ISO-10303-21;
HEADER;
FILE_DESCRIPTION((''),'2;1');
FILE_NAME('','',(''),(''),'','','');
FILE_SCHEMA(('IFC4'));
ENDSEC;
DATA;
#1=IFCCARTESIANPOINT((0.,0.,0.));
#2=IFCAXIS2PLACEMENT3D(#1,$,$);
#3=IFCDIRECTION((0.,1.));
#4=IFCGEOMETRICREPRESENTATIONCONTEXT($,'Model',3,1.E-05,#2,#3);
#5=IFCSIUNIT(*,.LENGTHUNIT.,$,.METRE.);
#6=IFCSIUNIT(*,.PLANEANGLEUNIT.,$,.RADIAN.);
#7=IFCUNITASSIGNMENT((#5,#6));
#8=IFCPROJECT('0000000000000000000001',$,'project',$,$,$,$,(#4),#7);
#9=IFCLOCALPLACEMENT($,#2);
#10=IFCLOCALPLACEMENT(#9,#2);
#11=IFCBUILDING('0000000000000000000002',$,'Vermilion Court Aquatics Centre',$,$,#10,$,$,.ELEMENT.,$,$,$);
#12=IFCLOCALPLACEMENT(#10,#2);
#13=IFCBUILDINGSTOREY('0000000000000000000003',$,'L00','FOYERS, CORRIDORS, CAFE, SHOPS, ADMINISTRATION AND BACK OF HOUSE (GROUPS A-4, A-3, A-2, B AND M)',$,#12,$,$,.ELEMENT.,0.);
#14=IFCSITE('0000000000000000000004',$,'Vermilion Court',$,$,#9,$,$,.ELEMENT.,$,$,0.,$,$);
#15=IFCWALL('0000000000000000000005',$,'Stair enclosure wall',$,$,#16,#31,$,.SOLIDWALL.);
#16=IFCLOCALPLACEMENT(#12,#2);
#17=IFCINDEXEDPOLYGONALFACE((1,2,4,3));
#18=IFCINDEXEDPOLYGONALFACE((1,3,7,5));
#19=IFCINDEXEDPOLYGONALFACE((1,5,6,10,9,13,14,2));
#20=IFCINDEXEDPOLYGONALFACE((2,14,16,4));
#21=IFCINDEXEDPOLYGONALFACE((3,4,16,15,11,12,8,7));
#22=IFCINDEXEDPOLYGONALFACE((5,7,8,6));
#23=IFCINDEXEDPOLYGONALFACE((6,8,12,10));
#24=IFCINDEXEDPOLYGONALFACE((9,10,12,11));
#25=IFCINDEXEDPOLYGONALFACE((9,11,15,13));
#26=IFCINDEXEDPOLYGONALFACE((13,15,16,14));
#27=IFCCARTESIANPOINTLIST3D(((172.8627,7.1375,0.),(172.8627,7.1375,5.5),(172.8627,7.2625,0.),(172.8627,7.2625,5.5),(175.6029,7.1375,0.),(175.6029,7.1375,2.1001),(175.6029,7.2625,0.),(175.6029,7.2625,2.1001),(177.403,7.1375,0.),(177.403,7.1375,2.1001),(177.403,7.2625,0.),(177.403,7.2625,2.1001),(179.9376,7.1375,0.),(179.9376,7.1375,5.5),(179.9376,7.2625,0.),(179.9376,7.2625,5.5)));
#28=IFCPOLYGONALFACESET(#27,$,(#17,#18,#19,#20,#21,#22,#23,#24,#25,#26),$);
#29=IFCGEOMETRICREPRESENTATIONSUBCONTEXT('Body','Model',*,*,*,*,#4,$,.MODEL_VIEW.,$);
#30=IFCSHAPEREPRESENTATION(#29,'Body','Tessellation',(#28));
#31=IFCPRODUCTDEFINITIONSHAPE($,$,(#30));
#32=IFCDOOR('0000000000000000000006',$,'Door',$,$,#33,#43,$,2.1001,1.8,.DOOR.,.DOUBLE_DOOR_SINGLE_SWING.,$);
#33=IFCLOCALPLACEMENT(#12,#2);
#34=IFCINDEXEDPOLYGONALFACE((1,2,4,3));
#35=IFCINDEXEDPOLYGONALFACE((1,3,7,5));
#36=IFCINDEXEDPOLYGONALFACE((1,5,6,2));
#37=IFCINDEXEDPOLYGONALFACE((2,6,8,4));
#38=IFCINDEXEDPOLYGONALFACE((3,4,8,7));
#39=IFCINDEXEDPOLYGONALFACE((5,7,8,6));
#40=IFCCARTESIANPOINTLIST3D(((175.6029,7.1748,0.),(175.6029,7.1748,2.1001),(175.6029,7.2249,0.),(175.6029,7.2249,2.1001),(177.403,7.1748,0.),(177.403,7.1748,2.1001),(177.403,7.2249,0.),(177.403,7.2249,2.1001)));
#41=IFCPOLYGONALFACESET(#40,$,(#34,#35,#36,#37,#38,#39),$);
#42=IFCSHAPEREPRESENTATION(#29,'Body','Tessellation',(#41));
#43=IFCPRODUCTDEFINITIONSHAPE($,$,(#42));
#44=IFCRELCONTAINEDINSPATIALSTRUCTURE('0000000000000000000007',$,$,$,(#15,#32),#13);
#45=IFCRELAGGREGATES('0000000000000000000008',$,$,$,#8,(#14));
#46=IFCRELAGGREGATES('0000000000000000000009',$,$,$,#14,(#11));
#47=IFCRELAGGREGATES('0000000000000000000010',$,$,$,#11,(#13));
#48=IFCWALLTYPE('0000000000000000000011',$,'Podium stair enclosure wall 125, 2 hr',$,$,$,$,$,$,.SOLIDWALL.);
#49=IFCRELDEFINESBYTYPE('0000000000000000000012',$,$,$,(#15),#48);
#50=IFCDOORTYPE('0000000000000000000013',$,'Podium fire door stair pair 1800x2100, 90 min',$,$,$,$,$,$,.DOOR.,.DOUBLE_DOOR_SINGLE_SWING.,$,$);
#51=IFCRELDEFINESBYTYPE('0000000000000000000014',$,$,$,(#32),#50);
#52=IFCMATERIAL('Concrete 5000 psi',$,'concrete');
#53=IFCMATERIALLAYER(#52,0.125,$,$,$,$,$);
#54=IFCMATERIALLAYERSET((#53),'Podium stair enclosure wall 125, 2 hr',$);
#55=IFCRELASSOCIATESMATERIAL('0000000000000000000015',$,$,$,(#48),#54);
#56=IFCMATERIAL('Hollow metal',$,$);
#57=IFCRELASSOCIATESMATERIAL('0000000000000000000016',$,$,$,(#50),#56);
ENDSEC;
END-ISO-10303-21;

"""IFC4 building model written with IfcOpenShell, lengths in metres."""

from ifc_helpers import new_model, si_unit, direction, frame, frame_2d, origin, place, context, subcontext, project, spatial, rectangle, extrude, material, layer, layer_set, type_object, element, fill, save


model = new_model("IFC4")

# Units and contexts
model_context = context("Model", 3, precision=1e-05, world=origin(), true_north=direction((0.0, 1.0)))
body_context = subcontext(model_context, "Body", "Model", "MODEL_VIEW")
ifc_project = project(units=[si_unit("LENGTHUNIT", "METRE"), si_unit("PLANEANGLEUNIT", "RADIAN")], contexts=[model_context])

# Site, building, storey
site_placement = place(None, origin())
site = spatial("IfcSite", under=ifc_project, at=site_placement, Name="Vermilion Court", CompositionType="ELEMENT", RefElevation=0.0)
building_placement = place(site_placement, origin())
building = spatial("IfcBuilding", under=site, at=building_placement, Name="Vermilion Court Aquatics Centre", CompositionType="ELEMENT")
storey_placement = place(building_placement, origin())
storey = spatial("IfcBuildingStorey", under=building, at=storey_placement, Name="L00", Description="FOYERS, CORRIDORS, CAFE, SHOPS, ADMINISTRATION AND BACK OF HOUSE (GROUPS A-4, A-3, A-2, B AND M)", CompositionType="ELEMENT", Elevation=0.0)

# Wall, opening, door
ifc_material_1 = material(Name="Concrete 5000 psi", Category="concrete")
ifc_layer_1 = layer(ifc_material_1, 0.125)
ifc_layer_set_1 = layer_set([ifc_layer_1], Name="Podium stair enclosure wall 125, 2 hr")
wall_type_1 = type_object("IfcWallType", Name="Podium stair enclosure wall 125, 2 hr", PredefinedType="SOLIDWALL", material=ifc_layer_set_1)
wall_1_placement = place(storey_placement, frame((172.8625, 7.2, 0.0), z_axis=(0.0, 0.0, 1.0), x_axis=(1.0, 0.0, 0.0)))
wall_1 = element("IfcWall", 1, at=wall_1_placement, inside=storey, type_object=wall_type_1, Name="Stair enclosure wall", PredefinedType="SOLIDWALL", context=body_context, shape_type="SweptSolid", body=[
    extrude(rectangle(XDim=7.075, YDim=0.125, at=frame_2d((3.5376, 0.0))), origin(), (0.0, 0.0, 1.0), 5.5),
])
opening_1_placement = place(wall_1_placement, frame((2.7405, 0.0, 0.0)))
opening_1 = element("IfcOpeningElement", 2, at=opening_1_placement, cuts=wall_1, PredefinedType="OPENING", context=body_context, shape_type="SweptSolid", body=[
    extrude(rectangle(XDim=1.8, YDim=2.1001, at=frame_2d((0.8999, 1.05))), frame((0.0, 0.0725, 0.0), z_axis=(0.0, -1.0, 0.0), x_axis=(1.0, 0.0, 0.0)), (0.0, 0.0, 1.0), 0.145),
])
ifc_material_2 = material(Name="Hollow metal")
door_type_1 = type_object("IfcDoorType", Name="Podium fire door stair pair 1800x2100, 90 min", OperationType="DOUBLE_DOOR_SINGLE_SWING", PredefinedType="DOOR", material=ifc_material_2)
door_1_placement = place(opening_1_placement, origin())
door_1 = element("IfcDoor", 3, at=door_1_placement, inside=storey, type_object=door_type_1, Name="Door", OperationType="DOUBLE_DOOR_SINGLE_SWING", OverallHeight=2.1001, OverallWidth=1.8, PredefinedType="DOOR", context=body_context, shape_type="SweptSolid", body=[
    extrude(rectangle(XDim=1.8, YDim=2.1001, at=frame_2d((0.8999, 1.05))), frame((0.0, 0.0249, 0.0), z_axis=(0.0, -1.0, 0.0), x_axis=(1.0, 0.0, 0.0)), (0.0, 0.0, 1.0), 0.05),
])
fill(opening_1, door_1)

save(model, "model.ifc")
